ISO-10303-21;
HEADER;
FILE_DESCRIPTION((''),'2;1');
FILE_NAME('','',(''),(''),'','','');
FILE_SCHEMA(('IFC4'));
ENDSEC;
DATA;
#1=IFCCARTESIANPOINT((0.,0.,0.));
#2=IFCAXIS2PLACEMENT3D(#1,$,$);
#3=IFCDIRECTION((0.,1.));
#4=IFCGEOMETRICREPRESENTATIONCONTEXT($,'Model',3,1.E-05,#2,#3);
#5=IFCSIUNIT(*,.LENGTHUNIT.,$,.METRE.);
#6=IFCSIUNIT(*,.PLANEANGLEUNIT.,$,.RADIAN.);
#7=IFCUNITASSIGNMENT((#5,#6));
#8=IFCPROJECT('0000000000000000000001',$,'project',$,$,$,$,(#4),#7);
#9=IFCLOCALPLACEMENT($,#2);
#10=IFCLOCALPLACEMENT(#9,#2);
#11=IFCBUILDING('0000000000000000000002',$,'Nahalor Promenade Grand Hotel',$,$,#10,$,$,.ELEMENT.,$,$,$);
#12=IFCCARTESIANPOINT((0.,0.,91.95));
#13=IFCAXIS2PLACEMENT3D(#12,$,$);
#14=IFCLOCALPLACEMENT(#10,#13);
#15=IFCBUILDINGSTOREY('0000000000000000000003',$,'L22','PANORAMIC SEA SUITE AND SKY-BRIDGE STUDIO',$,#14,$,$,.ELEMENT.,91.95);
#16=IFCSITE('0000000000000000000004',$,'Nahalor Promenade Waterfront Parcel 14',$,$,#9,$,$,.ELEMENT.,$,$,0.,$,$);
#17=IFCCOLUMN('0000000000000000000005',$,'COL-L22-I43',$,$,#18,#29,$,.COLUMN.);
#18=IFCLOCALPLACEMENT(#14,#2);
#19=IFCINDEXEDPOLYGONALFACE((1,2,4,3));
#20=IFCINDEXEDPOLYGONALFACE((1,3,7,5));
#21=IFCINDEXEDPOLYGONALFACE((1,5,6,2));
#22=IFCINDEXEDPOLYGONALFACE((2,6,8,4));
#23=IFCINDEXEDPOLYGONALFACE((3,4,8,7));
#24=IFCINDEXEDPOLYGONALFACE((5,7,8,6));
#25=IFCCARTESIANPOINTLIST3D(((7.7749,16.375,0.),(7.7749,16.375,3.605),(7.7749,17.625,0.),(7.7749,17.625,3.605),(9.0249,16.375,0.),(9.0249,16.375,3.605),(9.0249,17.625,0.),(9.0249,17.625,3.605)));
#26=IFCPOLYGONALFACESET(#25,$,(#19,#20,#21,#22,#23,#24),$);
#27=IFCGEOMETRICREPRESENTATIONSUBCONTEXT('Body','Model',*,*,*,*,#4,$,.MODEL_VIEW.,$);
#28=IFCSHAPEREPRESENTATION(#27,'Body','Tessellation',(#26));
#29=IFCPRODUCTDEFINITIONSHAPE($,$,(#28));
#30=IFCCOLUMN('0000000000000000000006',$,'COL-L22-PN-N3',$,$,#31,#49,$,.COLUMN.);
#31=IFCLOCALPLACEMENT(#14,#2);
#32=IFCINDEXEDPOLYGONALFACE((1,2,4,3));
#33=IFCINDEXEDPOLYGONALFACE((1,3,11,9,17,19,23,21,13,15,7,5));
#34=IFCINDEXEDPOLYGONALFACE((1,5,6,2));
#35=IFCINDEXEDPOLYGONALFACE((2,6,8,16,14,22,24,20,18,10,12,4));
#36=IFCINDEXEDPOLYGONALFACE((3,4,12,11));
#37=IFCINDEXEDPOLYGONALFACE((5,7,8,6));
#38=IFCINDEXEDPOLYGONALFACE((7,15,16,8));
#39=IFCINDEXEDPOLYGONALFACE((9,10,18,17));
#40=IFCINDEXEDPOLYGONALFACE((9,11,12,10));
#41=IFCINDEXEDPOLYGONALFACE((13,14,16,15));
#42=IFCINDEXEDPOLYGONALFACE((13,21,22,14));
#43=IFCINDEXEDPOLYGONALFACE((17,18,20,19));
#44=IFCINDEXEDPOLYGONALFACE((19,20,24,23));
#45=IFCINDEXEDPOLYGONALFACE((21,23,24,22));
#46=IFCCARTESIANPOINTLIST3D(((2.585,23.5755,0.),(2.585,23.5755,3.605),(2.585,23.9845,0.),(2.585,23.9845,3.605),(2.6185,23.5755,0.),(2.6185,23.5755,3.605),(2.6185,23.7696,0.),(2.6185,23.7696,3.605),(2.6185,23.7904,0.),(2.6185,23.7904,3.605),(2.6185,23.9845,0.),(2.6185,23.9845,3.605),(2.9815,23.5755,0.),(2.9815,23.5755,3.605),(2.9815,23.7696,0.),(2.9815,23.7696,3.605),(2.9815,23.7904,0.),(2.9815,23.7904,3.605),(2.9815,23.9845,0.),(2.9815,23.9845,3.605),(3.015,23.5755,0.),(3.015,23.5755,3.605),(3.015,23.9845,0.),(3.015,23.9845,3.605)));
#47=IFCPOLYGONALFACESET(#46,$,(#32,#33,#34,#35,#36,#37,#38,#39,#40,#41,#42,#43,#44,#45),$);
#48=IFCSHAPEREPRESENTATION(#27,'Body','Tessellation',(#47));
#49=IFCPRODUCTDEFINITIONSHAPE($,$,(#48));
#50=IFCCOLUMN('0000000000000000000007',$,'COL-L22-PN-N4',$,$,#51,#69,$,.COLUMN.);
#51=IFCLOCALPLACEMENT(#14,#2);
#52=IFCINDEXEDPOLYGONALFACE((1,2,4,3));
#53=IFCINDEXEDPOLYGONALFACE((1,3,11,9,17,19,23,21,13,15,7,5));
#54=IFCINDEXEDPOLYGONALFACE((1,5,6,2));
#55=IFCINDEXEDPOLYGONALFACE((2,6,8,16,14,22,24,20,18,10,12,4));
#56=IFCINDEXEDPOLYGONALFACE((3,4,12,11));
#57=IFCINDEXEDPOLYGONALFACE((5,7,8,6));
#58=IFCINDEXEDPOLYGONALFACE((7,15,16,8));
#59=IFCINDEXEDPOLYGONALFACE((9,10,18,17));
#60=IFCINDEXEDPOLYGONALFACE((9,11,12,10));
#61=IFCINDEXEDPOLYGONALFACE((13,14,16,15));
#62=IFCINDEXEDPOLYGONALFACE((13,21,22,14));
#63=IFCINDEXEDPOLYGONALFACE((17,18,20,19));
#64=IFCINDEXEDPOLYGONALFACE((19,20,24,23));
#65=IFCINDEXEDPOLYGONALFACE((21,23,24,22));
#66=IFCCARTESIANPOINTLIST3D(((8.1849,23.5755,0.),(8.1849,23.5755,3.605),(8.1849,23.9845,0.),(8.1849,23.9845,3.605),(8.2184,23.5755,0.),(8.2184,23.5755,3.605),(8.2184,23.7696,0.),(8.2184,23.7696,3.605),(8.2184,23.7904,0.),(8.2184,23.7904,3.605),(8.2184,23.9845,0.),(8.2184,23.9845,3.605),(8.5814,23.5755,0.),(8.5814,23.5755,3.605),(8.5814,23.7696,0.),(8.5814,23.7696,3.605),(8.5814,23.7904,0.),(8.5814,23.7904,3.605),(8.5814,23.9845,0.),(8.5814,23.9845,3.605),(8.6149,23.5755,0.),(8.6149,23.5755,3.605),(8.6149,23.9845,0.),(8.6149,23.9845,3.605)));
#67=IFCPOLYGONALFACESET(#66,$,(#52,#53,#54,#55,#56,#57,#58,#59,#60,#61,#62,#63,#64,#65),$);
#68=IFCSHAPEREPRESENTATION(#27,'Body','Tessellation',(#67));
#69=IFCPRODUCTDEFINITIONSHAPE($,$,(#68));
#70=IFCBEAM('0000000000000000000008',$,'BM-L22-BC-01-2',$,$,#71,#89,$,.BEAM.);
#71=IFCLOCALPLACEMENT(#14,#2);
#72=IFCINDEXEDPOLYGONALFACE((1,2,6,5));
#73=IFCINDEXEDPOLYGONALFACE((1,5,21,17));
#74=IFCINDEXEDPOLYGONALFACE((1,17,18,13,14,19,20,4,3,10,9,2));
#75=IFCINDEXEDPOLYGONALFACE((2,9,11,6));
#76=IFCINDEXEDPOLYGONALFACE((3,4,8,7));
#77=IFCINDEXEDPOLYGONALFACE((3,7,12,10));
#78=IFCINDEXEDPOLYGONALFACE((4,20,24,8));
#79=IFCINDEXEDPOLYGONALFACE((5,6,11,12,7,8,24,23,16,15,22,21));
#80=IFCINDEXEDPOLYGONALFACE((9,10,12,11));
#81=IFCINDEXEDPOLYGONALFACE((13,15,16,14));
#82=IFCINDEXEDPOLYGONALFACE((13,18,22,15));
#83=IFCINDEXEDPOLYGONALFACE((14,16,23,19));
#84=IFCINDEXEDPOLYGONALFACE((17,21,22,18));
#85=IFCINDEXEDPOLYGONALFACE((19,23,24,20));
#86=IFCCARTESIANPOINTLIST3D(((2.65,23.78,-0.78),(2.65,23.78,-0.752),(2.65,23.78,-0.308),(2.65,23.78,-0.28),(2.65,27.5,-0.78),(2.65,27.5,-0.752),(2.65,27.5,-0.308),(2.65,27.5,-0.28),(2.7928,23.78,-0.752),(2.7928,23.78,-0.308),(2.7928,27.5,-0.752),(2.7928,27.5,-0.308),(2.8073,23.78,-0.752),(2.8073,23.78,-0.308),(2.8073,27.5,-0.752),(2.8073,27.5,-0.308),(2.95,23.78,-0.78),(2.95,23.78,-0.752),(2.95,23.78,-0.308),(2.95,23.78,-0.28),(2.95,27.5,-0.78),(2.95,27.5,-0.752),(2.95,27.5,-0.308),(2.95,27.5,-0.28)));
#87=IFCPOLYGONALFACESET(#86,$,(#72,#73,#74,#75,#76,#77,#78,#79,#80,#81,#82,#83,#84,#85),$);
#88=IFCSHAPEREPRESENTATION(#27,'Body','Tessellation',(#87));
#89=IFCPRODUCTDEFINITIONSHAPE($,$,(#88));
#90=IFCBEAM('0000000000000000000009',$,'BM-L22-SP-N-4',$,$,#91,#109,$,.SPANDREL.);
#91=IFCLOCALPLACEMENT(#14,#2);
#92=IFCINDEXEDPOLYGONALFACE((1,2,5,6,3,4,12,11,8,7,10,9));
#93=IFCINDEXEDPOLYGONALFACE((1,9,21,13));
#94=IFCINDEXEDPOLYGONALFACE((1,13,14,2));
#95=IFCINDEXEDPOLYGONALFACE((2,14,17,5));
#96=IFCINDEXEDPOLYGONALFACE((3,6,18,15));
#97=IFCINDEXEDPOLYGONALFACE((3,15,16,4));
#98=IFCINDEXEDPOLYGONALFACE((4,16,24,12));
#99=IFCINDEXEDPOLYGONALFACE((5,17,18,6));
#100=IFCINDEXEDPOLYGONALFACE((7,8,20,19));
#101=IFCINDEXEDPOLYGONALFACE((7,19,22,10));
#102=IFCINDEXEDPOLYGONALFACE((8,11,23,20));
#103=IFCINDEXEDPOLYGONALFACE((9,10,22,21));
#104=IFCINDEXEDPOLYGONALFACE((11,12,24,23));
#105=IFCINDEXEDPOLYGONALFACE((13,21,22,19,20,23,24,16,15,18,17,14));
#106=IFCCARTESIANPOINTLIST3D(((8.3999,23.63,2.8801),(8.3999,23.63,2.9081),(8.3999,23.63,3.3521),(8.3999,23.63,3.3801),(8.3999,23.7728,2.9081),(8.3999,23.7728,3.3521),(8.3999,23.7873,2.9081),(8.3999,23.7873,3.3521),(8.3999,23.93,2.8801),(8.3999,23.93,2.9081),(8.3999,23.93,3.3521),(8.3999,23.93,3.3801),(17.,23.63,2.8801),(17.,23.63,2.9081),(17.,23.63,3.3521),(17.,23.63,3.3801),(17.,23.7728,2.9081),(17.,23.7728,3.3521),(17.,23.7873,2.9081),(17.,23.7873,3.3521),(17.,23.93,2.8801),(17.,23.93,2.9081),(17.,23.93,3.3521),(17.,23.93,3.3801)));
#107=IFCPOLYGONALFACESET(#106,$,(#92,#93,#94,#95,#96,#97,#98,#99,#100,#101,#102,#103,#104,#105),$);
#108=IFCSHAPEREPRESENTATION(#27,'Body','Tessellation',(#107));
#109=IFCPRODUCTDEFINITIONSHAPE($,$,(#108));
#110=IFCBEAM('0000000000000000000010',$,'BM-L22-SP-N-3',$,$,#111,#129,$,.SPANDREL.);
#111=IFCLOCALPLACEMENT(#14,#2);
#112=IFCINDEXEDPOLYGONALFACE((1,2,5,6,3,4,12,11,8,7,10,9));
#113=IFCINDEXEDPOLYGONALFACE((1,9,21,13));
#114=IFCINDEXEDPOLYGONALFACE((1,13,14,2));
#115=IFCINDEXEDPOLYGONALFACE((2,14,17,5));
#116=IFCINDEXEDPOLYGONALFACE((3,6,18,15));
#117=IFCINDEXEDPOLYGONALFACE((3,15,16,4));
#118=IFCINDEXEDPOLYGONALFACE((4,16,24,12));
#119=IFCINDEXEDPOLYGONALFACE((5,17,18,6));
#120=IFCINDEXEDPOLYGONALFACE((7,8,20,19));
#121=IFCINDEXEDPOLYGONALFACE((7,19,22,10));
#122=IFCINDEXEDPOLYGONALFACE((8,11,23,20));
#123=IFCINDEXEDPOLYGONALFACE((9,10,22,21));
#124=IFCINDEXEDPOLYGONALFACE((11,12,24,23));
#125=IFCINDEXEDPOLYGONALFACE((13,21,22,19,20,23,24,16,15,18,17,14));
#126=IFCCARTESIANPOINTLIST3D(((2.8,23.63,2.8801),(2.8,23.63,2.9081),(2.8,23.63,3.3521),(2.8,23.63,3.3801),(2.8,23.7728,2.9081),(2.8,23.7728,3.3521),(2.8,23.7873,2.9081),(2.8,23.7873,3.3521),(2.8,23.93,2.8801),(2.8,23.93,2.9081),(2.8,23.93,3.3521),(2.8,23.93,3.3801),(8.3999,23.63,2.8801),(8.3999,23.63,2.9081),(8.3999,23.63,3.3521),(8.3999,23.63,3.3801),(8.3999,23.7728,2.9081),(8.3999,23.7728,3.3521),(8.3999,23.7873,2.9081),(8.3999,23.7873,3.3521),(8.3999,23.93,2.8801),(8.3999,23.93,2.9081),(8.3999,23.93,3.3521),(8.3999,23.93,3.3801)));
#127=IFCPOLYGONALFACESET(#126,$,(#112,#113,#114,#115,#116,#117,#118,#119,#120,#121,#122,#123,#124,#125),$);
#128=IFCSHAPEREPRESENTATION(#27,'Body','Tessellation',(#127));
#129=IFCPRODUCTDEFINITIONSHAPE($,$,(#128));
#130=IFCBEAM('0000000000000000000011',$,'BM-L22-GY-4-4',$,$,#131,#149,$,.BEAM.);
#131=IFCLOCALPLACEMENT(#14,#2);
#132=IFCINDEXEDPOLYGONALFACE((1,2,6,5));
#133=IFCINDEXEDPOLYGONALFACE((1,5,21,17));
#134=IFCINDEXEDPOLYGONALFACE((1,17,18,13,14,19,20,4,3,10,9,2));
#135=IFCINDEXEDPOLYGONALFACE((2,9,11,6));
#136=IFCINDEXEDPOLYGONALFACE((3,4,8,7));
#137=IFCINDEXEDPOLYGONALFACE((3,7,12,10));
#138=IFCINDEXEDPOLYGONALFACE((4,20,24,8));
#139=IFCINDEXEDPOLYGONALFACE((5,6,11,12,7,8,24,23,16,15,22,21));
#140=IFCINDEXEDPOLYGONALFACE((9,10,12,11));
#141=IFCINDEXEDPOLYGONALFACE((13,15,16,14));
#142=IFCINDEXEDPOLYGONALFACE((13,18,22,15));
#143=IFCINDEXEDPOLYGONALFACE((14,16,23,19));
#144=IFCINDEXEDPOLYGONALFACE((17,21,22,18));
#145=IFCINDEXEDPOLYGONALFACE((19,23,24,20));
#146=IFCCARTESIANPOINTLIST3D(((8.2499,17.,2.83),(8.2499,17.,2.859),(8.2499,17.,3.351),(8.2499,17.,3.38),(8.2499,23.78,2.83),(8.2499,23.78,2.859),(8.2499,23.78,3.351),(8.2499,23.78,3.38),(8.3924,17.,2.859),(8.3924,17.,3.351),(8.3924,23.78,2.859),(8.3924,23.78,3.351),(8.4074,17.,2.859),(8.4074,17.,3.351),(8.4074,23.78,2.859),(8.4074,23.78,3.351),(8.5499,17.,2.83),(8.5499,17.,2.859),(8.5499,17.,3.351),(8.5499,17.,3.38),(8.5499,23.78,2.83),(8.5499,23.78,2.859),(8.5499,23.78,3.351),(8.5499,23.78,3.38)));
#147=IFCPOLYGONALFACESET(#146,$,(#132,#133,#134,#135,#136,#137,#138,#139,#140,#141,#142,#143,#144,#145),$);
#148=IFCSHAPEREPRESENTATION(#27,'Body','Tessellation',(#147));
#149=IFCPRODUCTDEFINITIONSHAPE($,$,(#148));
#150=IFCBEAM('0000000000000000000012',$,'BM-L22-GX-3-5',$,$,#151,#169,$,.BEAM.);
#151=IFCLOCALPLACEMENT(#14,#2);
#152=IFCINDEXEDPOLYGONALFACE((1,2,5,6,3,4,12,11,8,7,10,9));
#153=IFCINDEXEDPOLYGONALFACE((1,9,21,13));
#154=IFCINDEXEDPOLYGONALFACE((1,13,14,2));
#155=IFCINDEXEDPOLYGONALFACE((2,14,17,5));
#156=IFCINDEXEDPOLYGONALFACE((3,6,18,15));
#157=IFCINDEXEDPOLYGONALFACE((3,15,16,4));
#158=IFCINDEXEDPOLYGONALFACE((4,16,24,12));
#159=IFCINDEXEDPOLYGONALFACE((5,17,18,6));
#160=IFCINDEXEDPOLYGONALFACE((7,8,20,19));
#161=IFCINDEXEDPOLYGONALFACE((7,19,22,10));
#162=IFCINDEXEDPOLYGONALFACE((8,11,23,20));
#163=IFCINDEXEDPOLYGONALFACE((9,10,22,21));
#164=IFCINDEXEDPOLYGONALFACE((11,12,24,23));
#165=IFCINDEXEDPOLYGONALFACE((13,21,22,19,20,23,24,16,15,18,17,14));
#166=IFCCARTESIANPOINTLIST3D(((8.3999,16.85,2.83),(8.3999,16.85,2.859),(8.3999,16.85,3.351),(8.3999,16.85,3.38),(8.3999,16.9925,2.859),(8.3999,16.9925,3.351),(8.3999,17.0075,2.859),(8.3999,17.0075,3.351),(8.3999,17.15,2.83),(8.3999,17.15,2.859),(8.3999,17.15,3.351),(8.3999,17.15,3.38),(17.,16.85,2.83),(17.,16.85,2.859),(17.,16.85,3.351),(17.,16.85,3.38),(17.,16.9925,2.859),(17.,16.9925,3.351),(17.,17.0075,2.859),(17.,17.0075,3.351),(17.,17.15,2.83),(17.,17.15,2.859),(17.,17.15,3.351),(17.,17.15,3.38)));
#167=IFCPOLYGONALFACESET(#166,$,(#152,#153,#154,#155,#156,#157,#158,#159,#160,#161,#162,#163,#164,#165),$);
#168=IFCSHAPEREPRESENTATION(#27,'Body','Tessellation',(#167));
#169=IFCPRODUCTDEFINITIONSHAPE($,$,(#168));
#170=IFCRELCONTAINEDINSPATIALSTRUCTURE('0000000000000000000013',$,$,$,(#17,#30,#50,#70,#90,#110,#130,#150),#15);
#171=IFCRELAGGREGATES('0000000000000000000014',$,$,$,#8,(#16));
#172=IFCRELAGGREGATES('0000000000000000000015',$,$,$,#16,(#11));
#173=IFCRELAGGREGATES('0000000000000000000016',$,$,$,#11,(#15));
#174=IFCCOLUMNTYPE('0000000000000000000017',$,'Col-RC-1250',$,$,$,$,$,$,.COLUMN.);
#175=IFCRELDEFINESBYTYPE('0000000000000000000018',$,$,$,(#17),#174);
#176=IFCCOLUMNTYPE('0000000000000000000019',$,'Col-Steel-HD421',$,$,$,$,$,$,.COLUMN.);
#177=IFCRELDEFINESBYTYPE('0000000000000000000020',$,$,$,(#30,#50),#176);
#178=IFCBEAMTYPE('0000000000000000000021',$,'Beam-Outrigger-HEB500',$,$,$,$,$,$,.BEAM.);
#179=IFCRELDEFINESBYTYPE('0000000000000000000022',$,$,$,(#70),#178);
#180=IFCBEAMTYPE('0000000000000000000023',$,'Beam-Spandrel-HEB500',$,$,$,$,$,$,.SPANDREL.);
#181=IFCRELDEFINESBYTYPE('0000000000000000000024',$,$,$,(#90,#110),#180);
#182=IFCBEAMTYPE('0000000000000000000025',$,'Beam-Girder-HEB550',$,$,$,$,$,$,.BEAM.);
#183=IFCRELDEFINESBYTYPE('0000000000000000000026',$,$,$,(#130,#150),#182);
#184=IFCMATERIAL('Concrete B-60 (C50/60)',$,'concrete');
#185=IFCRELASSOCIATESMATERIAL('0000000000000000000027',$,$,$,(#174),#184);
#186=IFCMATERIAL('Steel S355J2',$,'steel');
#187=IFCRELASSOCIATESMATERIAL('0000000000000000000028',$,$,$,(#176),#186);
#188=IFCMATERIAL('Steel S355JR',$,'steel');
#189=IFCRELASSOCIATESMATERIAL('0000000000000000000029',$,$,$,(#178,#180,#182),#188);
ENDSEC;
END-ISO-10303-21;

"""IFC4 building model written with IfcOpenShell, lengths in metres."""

from ifc_helpers import new_model, si_unit, direction, frame, origin, origin_2d, place, context, subcontext, project, spatial, rectangle, i_section, extrude, source, transform, mapped, material, material_profile, profile_set, type_object, element, save


model = new_model("IFC4")

# Units and contexts
model_context = context("Model", 3, precision=1e-05, world=origin(), true_north=direction((0.0, 1.0)))
body_context = subcontext(model_context, "Body", "Model", "MODEL_VIEW")
ifc_project = project(units=[si_unit("LENGTHUNIT", "METRE"), si_unit("PLANEANGLEUNIT", "RADIAN")], contexts=[model_context])

# Site, building, storey
site_placement = place(None, origin())
site = spatial("IfcSite", under=ifc_project, at=site_placement, Name="Nahalor Promenade Waterfront Parcel 14", CompositionType="ELEMENT", RefElevation=0.0)
building_placement = place(site_placement, origin())
building = spatial("IfcBuilding", under=site, at=building_placement, Name="Nahalor Promenade Grand Hotel", CompositionType="ELEMENT")
storey_placement = place(building_placement, frame((0.0, 0.0, 91.95)))
storey = spatial("IfcBuildingStorey", under=building, at=storey_placement, Name="L22", Description="PANORAMIC SEA SUITE AND SKY-BRIDGE STUDIO", CompositionType="ELEMENT", Elevation=91.95)

# Columns
ifc_material_1 = material(Name="Concrete B-60 (C50/60)", Category="concrete")
ifc_material_profile_1 = material_profile(ifc_material_1, rectangle(XDim=1.25, YDim=1.25, at=origin_2d()), Name="RC 1250x1250")
ifc_profile_set_1 = profile_set([ifc_material_profile_1], Name="Concrete B-60 (C50/60)")
column_type_1 = type_object("IfcColumnType", Name="Col-RC-1250", PredefinedType="COLUMN", material=ifc_profile_set_1)
shared_shape_1 = source(origin(), body_context, "Body", "SweptSolid", [
    extrude(rectangle(XDim=1.25, YDim=1.25, at=origin_2d()), origin(), (0.0, 0.0, 1.0), 3.605),
])
column_placement = place(storey_placement, frame((8.3999, 17.0, 0.0), z_axis=(0.0, 0.0, 1.0), x_axis=(1.0, 0.0, 0.0)))
element("IfcColumn", 1, at=column_placement, inside=storey, type_object=column_type_1, Name="COL-L22-I43", PredefinedType="COLUMN", context=body_context, shape_type="MappedRepresentation", body=[
    mapped(shared_shape_1, transform((0.0, 0.0, 0.0), scale=1.0)),
])
ifc_material_2 = material(Name="Steel S355J2", Category="steel")
ifc_material_profile_2 = material_profile(ifc_material_2, i_section(OverallWidth=0.409, OverallDepth=0.43, WebThickness=0.0208, FlangeThickness=0.0335, at=origin_2d()), Name="HD 400x421")
ifc_profile_set_2 = profile_set([ifc_material_profile_2], Name="Steel S355J2")
column_type_2 = type_object("IfcColumnType", Name="Col-Steel-HD421", PredefinedType="COLUMN", material=ifc_profile_set_2)
shared_shape_2 = source(origin(), body_context, "Body", "SweptSolid", [
    extrude(i_section(OverallWidth=0.409, OverallDepth=0.43, WebThickness=0.0208, FlangeThickness=0.0335, at=origin_2d()), origin(), (0.0, 0.0, 1.0), 3.605),
])
for number, where, z_axis, x_axis, name in (
    (2, (2.8, 23.78, 0.0), (0.0, 0.0, 1.0), (0.0, 1.0, 0.0), "COL-L22-PN-N3"),
    (3, (8.3999, 23.78, 0.0), (0.0, 0.0, 1.0), (0.0, 1.0, 0.0), "COL-L22-PN-N4"),
):
    element("IfcColumn", number, at=place(storey_placement, frame(where, z_axis=z_axis, x_axis=x_axis)), inside=storey, type_object=column_type_2, Name=name, PredefinedType="COLUMN", context=body_context, shape_type="MappedRepresentation", body=[
        mapped(shared_shape_2, transform((0.0, 0.0, 0.0), scale=1.0)),
    ])

# Beams
ifc_material_3 = material(Name="Steel S355JR", Category="steel")
ifc_material_profile_3 = material_profile(ifc_material_3, i_section(OverallWidth=0.3, OverallDepth=0.5, WebThickness=0.0145, FlangeThickness=0.028, at=origin_2d()), Name="HEB 500")
ifc_profile_set_3 = profile_set([ifc_material_profile_3], Name="Steel S355JR")
beam_type_1 = type_object("IfcBeamType", Name="Beam-Outrigger-HEB500", PredefinedType="BEAM", material=ifc_profile_set_3)
shared_shape_3 = source(origin(), body_context, "Body", "SweptSolid", [
    extrude(i_section(OverallWidth=0.3, OverallDepth=0.5, WebThickness=0.0145, FlangeThickness=0.028, at=origin_2d()), origin(), (0.0, 0.0, 1.0), 3.72),
])
beam_1_placement = place(storey_placement, frame((2.8, 23.78, -0.53), z_axis=(0.0, 1.0, 0.0), x_axis=(-1.0, 0.0, 0.0)))
element("IfcBeam", 4, at=beam_1_placement, inside=storey, type_object=beam_type_1, Name="BM-L22-BC-01-2", PredefinedType="BEAM", context=body_context, shape_type="MappedRepresentation", body=[
    mapped(shared_shape_3, transform((0.0, 0.0, 0.0), scale=1.0)),
])
ifc_material_profile_4 = material_profile(ifc_material_3, i_section(OverallWidth=0.3, OverallDepth=0.5, WebThickness=0.0145, FlangeThickness=0.028, at=origin_2d()), Name="HEB 500")
ifc_profile_set_4 = profile_set([ifc_material_profile_4], Name="Steel S355JR")
beam_type_2 = type_object("IfcBeamType", Name="Beam-Spandrel-HEB500", PredefinedType="SPANDREL", material=ifc_profile_set_4)
shared_shape_4 = source(origin(), body_context, "Body", "SweptSolid", [
    extrude(i_section(OverallWidth=0.3, OverallDepth=0.5, WebThickness=0.0145, FlangeThickness=0.028, at=origin_2d()), origin(), (0.0, 0.0, 1.0), 8.6001),
])
beam_2_placement = place(storey_placement, frame((8.3999, 23.78, 3.1301), z_axis=(1.0, 0.0, 0.0), x_axis=(0.0, 1.0, 0.0)))
element("IfcBeam", 5, at=beam_2_placement, inside=storey, type_object=beam_type_2, Name="BM-L22-SP-N-4", PredefinedType="SPANDREL", context=body_context, shape_type="MappedRepresentation", body=[
    mapped(shared_shape_4, transform((0.0, 0.0, 0.0), scale=1.0)),
])
shared_shape_5 = source(origin(), body_context, "Body", "SweptSolid", [
    extrude(i_section(OverallWidth=0.3, OverallDepth=0.5, WebThickness=0.0145, FlangeThickness=0.028, at=origin_2d()), origin(), (0.0, 0.0, 1.0), 5.5999),
])
beam_3_placement = place(storey_placement, frame((2.8, 23.78, 3.1301), z_axis=(1.0, 0.0, 0.0), x_axis=(0.0, 1.0, 0.0)))
element("IfcBeam", 6, at=beam_3_placement, inside=storey, type_object=beam_type_2, Name="BM-L22-SP-N-3", PredefinedType="SPANDREL", context=body_context, shape_type="MappedRepresentation", body=[
    mapped(shared_shape_5, transform((0.0, 0.0, 0.0), scale=1.0)),
])
ifc_material_profile_5 = material_profile(ifc_material_3, i_section(OverallWidth=0.3, OverallDepth=0.55, WebThickness=0.015, FlangeThickness=0.029, at=origin_2d()), Name="HEB 550")
ifc_profile_set_5 = profile_set([ifc_material_profile_5], Name="Steel S355JR")
beam_type_3 = type_object("IfcBeamType", Name="Beam-Girder-HEB550", PredefinedType="BEAM", material=ifc_profile_set_5)
shared_shape_6 = source(origin(), body_context, "Body", "SweptSolid", [
    extrude(i_section(OverallWidth=0.3, OverallDepth=0.55, WebThickness=0.015, FlangeThickness=0.029, at=origin_2d()), origin(), (0.0, 0.0, 1.0), 6.78),
])
beam_4_placement = place(storey_placement, frame((8.3999, 17.0, 3.105), z_axis=(0.0, 1.0, 0.0), x_axis=(-1.0, 0.0, 0.0)))
element("IfcBeam", 7, at=beam_4_placement, inside=storey, type_object=beam_type_3, Name="BM-L22-GY-4-4", PredefinedType="BEAM", context=body_context, shape_type="MappedRepresentation", body=[
    mapped(shared_shape_6, transform((0.0, 0.0, 0.0), scale=1.0)),
])
shared_shape_7 = source(origin(), body_context, "Body", "SweptSolid", [
    extrude(i_section(OverallWidth=0.3, OverallDepth=0.55, WebThickness=0.015, FlangeThickness=0.029, at=origin_2d()), origin(), (0.0, 0.0, 1.0), 8.6001),
])
beam_5_placement = place(storey_placement, frame((8.3999, 17.0, 3.105), z_axis=(1.0, 0.0, 0.0), x_axis=(0.0, 1.0, 0.0)))
element("IfcBeam", 8, at=beam_5_placement, inside=storey, type_object=beam_type_3, Name="BM-L22-GX-3-5", PredefinedType="BEAM", context=body_context, shape_type="MappedRepresentation", body=[
    mapped(shared_shape_7, transform((0.0, 0.0, 0.0), scale=1.0)),
])

save(model, "model.ifc")
